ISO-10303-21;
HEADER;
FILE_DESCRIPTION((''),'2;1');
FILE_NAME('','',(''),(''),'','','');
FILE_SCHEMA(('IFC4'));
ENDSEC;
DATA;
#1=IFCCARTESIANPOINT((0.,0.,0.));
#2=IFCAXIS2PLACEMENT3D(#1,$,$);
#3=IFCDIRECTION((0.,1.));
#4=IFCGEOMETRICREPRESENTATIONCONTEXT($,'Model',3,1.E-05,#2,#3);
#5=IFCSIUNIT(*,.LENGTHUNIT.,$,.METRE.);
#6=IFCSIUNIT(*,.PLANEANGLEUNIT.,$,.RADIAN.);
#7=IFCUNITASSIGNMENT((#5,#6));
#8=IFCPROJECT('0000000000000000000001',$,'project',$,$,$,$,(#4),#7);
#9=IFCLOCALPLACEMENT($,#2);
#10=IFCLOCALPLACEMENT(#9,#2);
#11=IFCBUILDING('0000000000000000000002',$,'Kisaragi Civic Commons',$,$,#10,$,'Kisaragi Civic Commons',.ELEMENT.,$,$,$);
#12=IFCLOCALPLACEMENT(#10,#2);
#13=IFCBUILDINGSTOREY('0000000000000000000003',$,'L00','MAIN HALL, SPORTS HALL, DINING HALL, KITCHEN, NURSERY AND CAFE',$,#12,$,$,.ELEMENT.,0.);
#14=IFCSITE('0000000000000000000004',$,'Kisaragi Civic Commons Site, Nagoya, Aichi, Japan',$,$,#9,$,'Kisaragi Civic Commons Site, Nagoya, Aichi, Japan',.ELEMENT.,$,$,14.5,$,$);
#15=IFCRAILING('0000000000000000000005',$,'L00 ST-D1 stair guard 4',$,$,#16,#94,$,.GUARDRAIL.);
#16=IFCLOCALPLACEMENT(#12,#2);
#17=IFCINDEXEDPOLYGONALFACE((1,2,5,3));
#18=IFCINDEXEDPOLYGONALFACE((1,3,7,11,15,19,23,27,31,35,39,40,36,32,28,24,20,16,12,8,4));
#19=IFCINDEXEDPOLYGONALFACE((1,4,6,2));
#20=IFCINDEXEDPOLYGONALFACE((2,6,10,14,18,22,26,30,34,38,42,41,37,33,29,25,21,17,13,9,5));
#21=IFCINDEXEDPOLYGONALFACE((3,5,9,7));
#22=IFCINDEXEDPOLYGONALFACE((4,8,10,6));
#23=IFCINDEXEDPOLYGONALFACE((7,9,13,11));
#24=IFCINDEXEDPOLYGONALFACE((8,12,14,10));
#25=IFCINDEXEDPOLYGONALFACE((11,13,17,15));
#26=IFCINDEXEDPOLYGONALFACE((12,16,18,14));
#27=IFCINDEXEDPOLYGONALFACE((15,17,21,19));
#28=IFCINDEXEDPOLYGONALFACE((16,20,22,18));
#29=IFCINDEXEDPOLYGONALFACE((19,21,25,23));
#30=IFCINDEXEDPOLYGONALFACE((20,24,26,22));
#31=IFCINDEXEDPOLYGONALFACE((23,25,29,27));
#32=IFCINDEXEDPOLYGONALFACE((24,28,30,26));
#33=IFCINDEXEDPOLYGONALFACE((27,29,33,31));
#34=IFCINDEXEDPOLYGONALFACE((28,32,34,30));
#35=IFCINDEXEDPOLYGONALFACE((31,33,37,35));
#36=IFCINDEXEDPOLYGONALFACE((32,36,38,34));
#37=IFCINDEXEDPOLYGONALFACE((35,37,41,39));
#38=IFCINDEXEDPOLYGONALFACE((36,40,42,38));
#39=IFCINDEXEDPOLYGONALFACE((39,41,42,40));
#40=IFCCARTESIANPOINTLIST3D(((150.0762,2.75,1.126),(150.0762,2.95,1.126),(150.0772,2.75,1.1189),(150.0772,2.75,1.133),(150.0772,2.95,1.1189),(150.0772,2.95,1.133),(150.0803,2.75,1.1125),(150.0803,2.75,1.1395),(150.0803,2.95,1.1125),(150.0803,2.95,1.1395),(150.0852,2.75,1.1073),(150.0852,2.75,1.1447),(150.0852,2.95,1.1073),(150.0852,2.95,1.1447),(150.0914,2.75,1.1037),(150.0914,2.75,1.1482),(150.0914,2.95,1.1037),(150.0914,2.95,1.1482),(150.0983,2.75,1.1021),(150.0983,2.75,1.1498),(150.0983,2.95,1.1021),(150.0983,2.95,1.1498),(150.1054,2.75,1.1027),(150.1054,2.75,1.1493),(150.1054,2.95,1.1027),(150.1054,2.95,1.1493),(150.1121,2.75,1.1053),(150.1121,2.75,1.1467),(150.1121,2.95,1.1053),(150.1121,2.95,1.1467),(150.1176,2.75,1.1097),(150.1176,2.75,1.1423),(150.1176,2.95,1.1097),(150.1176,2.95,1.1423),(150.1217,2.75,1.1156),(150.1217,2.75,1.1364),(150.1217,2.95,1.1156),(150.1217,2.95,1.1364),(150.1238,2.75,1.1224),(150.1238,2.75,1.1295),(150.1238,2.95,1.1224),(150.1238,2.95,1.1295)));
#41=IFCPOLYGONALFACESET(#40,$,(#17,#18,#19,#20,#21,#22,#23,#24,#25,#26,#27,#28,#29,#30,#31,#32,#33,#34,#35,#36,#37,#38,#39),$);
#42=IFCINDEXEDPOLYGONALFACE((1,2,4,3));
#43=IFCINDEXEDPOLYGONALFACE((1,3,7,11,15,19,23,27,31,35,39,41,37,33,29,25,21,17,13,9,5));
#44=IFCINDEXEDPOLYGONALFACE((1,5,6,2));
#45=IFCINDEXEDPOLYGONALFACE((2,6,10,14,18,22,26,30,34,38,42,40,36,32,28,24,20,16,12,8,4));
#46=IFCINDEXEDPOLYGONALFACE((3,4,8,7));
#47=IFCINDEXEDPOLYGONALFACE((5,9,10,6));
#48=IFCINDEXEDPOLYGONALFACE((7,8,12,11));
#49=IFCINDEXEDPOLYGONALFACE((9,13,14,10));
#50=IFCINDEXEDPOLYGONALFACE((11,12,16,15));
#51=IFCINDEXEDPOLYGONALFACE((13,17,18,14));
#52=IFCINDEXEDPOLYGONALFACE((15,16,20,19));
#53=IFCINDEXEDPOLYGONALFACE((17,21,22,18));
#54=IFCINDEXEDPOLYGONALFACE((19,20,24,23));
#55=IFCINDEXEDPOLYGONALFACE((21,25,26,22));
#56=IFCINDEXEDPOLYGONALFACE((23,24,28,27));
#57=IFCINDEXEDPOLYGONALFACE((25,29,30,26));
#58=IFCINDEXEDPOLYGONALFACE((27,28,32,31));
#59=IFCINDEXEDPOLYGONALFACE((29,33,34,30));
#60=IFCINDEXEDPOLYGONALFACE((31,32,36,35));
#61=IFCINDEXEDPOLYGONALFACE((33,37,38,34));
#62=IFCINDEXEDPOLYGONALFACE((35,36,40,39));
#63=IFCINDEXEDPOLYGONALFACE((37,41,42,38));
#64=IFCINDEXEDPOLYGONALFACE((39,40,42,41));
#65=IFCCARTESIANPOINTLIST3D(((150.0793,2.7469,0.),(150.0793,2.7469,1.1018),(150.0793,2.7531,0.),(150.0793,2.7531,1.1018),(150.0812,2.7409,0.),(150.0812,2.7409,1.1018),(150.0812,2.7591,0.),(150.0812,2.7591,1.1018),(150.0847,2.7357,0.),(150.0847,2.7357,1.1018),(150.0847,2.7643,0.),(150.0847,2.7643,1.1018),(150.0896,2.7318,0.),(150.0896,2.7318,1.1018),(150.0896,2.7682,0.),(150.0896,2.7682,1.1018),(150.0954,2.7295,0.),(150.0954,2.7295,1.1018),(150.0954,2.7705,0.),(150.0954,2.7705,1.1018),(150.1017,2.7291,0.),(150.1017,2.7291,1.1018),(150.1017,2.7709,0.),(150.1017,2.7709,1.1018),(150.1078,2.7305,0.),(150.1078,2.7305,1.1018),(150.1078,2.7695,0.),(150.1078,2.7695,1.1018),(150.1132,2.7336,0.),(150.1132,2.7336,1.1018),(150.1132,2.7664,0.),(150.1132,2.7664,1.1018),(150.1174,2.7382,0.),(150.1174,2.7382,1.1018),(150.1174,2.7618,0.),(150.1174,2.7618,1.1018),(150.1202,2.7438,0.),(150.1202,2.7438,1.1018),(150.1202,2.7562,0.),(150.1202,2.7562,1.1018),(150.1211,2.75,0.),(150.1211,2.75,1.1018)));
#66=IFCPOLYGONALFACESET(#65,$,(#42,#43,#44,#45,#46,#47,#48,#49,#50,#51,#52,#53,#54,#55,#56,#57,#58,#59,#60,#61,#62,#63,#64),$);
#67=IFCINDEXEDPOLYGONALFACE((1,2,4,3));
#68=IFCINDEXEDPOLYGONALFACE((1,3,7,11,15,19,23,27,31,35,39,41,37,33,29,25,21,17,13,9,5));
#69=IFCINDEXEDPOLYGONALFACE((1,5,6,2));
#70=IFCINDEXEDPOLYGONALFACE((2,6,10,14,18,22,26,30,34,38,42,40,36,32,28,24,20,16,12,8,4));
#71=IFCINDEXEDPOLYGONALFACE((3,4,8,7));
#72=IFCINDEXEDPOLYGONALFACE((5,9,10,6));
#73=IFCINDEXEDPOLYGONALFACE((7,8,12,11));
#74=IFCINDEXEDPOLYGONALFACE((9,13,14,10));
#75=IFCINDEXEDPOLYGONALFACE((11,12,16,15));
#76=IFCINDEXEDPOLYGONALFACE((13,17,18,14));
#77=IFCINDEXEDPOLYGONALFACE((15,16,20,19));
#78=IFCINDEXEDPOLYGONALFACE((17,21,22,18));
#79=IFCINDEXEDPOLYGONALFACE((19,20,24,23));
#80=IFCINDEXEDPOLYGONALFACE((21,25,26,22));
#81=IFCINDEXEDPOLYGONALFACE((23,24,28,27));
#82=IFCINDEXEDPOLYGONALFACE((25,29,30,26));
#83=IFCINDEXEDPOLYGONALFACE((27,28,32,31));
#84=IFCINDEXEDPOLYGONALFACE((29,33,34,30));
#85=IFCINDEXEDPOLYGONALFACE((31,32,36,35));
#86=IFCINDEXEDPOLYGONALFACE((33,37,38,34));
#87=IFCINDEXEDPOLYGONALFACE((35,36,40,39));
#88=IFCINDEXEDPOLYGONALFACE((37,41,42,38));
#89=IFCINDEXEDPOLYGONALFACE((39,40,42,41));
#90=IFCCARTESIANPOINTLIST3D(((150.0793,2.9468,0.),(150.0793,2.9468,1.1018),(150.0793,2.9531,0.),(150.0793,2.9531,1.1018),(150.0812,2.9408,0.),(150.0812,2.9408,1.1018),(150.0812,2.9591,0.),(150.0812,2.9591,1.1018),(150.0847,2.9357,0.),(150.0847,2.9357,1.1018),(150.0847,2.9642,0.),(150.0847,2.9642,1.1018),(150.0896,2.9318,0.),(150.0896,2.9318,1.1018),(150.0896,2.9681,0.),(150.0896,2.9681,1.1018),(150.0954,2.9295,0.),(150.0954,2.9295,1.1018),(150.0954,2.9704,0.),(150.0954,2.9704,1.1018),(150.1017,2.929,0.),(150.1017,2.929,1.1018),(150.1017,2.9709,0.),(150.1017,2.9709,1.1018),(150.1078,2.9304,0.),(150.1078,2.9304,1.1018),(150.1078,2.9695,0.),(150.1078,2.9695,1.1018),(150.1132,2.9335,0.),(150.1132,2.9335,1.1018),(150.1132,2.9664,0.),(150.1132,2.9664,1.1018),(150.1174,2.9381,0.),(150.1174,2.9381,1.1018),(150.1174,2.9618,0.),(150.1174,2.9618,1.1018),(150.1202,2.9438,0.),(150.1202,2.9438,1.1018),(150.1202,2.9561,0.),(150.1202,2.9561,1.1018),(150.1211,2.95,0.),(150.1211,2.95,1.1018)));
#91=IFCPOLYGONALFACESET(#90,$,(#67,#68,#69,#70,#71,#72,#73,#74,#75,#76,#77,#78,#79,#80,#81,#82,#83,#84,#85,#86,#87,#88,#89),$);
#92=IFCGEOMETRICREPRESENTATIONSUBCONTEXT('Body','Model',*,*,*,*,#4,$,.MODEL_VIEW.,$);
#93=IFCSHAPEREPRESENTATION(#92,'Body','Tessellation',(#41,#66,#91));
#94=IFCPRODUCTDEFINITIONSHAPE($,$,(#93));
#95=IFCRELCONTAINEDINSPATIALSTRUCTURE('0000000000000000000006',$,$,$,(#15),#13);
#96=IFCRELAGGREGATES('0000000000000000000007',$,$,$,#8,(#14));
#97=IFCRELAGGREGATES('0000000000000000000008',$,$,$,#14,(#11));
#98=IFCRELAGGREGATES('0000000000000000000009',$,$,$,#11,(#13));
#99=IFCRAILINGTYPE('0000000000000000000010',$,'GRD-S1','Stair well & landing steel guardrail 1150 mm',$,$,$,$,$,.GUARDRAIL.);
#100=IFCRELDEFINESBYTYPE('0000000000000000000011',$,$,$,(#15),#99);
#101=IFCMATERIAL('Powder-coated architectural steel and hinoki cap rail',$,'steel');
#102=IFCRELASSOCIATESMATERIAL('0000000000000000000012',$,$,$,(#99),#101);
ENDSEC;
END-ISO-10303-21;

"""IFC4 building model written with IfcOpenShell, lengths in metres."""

from ifc_helpers import new_model, si_unit, direction, frame, origin, origin_2d, place, context, subcontext, project, spatial, circle, extrude, material, type_object, element, save


model = new_model("IFC4")

# Units and contexts
model_context = context("Model", 3, precision=1e-05, world=origin(), true_north=direction((0.0, 1.0)))
body_context = subcontext(model_context, "Body", "Model", "MODEL_VIEW")
ifc_project = project(units=[si_unit("LENGTHUNIT", "METRE"), si_unit("PLANEANGLEUNIT", "RADIAN")], contexts=[model_context])

# Site, building, storey
site_placement = place(None, origin())
site = spatial("IfcSite", under=ifc_project, at=site_placement, Name="Kisaragi Civic Commons Site, Nagoya, Aichi, Japan", LongName="Kisaragi Civic Commons Site, Nagoya, Aichi, Japan", CompositionType="ELEMENT", RefElevation=14.5)
building_placement = place(site_placement, origin())
building = spatial("IfcBuilding", under=site, at=building_placement, Name="Kisaragi Civic Commons", LongName="Kisaragi Civic Commons", CompositionType="ELEMENT")
storey_placement = place(building_placement, origin())
storey = spatial("IfcBuildingStorey", under=building, at=storey_placement, Name="L00", Description="MAIN HALL, SPORTS HALL, DINING HALL, KITCHEN, NURSERY AND CAFE", CompositionType="ELEMENT", Elevation=0.0)

# Railing
ifc_material_1 = material(Name="Powder-coated architectural steel and hinoki cap rail", Category="steel")
railing_type_1 = type_object("IfcRailingType", Name="GRD-S1", Description="Stair well & landing steel guardrail 1150 mm", PredefinedType="GUARDRAIL", material=ifc_material_1)
railing_1_placement = place(storey_placement, frame((150.1001, 2.75, 0.0)))
element("IfcRailing", 1, at=railing_1_placement, inside=storey, type_object=railing_type_1, Name="L00 ST-D1 stair guard 4", PredefinedType="GUARDRAIL", context=body_context, shape_type="SweptSolid", body=[
    extrude(circle(Radius=0.0239, at=origin_2d()), frame((0.0, 0.0, 1.126), z_axis=(0.0, 1.0, 0.0), x_axis=(-1.0, 0.0, 0.0)), (0.0, 0.0, 1.0), 0.2),
    extrude(circle(Radius=0.021, at=origin_2d()), origin(), (0.0, 0.0, 1.0), 1.1018),
    extrude(circle(Radius=0.021, at=origin_2d()), frame((0.0, 0.2, 0.0)), (0.0, 0.0, 1.0), 1.1018),
])

save(model, "model.ifc")
